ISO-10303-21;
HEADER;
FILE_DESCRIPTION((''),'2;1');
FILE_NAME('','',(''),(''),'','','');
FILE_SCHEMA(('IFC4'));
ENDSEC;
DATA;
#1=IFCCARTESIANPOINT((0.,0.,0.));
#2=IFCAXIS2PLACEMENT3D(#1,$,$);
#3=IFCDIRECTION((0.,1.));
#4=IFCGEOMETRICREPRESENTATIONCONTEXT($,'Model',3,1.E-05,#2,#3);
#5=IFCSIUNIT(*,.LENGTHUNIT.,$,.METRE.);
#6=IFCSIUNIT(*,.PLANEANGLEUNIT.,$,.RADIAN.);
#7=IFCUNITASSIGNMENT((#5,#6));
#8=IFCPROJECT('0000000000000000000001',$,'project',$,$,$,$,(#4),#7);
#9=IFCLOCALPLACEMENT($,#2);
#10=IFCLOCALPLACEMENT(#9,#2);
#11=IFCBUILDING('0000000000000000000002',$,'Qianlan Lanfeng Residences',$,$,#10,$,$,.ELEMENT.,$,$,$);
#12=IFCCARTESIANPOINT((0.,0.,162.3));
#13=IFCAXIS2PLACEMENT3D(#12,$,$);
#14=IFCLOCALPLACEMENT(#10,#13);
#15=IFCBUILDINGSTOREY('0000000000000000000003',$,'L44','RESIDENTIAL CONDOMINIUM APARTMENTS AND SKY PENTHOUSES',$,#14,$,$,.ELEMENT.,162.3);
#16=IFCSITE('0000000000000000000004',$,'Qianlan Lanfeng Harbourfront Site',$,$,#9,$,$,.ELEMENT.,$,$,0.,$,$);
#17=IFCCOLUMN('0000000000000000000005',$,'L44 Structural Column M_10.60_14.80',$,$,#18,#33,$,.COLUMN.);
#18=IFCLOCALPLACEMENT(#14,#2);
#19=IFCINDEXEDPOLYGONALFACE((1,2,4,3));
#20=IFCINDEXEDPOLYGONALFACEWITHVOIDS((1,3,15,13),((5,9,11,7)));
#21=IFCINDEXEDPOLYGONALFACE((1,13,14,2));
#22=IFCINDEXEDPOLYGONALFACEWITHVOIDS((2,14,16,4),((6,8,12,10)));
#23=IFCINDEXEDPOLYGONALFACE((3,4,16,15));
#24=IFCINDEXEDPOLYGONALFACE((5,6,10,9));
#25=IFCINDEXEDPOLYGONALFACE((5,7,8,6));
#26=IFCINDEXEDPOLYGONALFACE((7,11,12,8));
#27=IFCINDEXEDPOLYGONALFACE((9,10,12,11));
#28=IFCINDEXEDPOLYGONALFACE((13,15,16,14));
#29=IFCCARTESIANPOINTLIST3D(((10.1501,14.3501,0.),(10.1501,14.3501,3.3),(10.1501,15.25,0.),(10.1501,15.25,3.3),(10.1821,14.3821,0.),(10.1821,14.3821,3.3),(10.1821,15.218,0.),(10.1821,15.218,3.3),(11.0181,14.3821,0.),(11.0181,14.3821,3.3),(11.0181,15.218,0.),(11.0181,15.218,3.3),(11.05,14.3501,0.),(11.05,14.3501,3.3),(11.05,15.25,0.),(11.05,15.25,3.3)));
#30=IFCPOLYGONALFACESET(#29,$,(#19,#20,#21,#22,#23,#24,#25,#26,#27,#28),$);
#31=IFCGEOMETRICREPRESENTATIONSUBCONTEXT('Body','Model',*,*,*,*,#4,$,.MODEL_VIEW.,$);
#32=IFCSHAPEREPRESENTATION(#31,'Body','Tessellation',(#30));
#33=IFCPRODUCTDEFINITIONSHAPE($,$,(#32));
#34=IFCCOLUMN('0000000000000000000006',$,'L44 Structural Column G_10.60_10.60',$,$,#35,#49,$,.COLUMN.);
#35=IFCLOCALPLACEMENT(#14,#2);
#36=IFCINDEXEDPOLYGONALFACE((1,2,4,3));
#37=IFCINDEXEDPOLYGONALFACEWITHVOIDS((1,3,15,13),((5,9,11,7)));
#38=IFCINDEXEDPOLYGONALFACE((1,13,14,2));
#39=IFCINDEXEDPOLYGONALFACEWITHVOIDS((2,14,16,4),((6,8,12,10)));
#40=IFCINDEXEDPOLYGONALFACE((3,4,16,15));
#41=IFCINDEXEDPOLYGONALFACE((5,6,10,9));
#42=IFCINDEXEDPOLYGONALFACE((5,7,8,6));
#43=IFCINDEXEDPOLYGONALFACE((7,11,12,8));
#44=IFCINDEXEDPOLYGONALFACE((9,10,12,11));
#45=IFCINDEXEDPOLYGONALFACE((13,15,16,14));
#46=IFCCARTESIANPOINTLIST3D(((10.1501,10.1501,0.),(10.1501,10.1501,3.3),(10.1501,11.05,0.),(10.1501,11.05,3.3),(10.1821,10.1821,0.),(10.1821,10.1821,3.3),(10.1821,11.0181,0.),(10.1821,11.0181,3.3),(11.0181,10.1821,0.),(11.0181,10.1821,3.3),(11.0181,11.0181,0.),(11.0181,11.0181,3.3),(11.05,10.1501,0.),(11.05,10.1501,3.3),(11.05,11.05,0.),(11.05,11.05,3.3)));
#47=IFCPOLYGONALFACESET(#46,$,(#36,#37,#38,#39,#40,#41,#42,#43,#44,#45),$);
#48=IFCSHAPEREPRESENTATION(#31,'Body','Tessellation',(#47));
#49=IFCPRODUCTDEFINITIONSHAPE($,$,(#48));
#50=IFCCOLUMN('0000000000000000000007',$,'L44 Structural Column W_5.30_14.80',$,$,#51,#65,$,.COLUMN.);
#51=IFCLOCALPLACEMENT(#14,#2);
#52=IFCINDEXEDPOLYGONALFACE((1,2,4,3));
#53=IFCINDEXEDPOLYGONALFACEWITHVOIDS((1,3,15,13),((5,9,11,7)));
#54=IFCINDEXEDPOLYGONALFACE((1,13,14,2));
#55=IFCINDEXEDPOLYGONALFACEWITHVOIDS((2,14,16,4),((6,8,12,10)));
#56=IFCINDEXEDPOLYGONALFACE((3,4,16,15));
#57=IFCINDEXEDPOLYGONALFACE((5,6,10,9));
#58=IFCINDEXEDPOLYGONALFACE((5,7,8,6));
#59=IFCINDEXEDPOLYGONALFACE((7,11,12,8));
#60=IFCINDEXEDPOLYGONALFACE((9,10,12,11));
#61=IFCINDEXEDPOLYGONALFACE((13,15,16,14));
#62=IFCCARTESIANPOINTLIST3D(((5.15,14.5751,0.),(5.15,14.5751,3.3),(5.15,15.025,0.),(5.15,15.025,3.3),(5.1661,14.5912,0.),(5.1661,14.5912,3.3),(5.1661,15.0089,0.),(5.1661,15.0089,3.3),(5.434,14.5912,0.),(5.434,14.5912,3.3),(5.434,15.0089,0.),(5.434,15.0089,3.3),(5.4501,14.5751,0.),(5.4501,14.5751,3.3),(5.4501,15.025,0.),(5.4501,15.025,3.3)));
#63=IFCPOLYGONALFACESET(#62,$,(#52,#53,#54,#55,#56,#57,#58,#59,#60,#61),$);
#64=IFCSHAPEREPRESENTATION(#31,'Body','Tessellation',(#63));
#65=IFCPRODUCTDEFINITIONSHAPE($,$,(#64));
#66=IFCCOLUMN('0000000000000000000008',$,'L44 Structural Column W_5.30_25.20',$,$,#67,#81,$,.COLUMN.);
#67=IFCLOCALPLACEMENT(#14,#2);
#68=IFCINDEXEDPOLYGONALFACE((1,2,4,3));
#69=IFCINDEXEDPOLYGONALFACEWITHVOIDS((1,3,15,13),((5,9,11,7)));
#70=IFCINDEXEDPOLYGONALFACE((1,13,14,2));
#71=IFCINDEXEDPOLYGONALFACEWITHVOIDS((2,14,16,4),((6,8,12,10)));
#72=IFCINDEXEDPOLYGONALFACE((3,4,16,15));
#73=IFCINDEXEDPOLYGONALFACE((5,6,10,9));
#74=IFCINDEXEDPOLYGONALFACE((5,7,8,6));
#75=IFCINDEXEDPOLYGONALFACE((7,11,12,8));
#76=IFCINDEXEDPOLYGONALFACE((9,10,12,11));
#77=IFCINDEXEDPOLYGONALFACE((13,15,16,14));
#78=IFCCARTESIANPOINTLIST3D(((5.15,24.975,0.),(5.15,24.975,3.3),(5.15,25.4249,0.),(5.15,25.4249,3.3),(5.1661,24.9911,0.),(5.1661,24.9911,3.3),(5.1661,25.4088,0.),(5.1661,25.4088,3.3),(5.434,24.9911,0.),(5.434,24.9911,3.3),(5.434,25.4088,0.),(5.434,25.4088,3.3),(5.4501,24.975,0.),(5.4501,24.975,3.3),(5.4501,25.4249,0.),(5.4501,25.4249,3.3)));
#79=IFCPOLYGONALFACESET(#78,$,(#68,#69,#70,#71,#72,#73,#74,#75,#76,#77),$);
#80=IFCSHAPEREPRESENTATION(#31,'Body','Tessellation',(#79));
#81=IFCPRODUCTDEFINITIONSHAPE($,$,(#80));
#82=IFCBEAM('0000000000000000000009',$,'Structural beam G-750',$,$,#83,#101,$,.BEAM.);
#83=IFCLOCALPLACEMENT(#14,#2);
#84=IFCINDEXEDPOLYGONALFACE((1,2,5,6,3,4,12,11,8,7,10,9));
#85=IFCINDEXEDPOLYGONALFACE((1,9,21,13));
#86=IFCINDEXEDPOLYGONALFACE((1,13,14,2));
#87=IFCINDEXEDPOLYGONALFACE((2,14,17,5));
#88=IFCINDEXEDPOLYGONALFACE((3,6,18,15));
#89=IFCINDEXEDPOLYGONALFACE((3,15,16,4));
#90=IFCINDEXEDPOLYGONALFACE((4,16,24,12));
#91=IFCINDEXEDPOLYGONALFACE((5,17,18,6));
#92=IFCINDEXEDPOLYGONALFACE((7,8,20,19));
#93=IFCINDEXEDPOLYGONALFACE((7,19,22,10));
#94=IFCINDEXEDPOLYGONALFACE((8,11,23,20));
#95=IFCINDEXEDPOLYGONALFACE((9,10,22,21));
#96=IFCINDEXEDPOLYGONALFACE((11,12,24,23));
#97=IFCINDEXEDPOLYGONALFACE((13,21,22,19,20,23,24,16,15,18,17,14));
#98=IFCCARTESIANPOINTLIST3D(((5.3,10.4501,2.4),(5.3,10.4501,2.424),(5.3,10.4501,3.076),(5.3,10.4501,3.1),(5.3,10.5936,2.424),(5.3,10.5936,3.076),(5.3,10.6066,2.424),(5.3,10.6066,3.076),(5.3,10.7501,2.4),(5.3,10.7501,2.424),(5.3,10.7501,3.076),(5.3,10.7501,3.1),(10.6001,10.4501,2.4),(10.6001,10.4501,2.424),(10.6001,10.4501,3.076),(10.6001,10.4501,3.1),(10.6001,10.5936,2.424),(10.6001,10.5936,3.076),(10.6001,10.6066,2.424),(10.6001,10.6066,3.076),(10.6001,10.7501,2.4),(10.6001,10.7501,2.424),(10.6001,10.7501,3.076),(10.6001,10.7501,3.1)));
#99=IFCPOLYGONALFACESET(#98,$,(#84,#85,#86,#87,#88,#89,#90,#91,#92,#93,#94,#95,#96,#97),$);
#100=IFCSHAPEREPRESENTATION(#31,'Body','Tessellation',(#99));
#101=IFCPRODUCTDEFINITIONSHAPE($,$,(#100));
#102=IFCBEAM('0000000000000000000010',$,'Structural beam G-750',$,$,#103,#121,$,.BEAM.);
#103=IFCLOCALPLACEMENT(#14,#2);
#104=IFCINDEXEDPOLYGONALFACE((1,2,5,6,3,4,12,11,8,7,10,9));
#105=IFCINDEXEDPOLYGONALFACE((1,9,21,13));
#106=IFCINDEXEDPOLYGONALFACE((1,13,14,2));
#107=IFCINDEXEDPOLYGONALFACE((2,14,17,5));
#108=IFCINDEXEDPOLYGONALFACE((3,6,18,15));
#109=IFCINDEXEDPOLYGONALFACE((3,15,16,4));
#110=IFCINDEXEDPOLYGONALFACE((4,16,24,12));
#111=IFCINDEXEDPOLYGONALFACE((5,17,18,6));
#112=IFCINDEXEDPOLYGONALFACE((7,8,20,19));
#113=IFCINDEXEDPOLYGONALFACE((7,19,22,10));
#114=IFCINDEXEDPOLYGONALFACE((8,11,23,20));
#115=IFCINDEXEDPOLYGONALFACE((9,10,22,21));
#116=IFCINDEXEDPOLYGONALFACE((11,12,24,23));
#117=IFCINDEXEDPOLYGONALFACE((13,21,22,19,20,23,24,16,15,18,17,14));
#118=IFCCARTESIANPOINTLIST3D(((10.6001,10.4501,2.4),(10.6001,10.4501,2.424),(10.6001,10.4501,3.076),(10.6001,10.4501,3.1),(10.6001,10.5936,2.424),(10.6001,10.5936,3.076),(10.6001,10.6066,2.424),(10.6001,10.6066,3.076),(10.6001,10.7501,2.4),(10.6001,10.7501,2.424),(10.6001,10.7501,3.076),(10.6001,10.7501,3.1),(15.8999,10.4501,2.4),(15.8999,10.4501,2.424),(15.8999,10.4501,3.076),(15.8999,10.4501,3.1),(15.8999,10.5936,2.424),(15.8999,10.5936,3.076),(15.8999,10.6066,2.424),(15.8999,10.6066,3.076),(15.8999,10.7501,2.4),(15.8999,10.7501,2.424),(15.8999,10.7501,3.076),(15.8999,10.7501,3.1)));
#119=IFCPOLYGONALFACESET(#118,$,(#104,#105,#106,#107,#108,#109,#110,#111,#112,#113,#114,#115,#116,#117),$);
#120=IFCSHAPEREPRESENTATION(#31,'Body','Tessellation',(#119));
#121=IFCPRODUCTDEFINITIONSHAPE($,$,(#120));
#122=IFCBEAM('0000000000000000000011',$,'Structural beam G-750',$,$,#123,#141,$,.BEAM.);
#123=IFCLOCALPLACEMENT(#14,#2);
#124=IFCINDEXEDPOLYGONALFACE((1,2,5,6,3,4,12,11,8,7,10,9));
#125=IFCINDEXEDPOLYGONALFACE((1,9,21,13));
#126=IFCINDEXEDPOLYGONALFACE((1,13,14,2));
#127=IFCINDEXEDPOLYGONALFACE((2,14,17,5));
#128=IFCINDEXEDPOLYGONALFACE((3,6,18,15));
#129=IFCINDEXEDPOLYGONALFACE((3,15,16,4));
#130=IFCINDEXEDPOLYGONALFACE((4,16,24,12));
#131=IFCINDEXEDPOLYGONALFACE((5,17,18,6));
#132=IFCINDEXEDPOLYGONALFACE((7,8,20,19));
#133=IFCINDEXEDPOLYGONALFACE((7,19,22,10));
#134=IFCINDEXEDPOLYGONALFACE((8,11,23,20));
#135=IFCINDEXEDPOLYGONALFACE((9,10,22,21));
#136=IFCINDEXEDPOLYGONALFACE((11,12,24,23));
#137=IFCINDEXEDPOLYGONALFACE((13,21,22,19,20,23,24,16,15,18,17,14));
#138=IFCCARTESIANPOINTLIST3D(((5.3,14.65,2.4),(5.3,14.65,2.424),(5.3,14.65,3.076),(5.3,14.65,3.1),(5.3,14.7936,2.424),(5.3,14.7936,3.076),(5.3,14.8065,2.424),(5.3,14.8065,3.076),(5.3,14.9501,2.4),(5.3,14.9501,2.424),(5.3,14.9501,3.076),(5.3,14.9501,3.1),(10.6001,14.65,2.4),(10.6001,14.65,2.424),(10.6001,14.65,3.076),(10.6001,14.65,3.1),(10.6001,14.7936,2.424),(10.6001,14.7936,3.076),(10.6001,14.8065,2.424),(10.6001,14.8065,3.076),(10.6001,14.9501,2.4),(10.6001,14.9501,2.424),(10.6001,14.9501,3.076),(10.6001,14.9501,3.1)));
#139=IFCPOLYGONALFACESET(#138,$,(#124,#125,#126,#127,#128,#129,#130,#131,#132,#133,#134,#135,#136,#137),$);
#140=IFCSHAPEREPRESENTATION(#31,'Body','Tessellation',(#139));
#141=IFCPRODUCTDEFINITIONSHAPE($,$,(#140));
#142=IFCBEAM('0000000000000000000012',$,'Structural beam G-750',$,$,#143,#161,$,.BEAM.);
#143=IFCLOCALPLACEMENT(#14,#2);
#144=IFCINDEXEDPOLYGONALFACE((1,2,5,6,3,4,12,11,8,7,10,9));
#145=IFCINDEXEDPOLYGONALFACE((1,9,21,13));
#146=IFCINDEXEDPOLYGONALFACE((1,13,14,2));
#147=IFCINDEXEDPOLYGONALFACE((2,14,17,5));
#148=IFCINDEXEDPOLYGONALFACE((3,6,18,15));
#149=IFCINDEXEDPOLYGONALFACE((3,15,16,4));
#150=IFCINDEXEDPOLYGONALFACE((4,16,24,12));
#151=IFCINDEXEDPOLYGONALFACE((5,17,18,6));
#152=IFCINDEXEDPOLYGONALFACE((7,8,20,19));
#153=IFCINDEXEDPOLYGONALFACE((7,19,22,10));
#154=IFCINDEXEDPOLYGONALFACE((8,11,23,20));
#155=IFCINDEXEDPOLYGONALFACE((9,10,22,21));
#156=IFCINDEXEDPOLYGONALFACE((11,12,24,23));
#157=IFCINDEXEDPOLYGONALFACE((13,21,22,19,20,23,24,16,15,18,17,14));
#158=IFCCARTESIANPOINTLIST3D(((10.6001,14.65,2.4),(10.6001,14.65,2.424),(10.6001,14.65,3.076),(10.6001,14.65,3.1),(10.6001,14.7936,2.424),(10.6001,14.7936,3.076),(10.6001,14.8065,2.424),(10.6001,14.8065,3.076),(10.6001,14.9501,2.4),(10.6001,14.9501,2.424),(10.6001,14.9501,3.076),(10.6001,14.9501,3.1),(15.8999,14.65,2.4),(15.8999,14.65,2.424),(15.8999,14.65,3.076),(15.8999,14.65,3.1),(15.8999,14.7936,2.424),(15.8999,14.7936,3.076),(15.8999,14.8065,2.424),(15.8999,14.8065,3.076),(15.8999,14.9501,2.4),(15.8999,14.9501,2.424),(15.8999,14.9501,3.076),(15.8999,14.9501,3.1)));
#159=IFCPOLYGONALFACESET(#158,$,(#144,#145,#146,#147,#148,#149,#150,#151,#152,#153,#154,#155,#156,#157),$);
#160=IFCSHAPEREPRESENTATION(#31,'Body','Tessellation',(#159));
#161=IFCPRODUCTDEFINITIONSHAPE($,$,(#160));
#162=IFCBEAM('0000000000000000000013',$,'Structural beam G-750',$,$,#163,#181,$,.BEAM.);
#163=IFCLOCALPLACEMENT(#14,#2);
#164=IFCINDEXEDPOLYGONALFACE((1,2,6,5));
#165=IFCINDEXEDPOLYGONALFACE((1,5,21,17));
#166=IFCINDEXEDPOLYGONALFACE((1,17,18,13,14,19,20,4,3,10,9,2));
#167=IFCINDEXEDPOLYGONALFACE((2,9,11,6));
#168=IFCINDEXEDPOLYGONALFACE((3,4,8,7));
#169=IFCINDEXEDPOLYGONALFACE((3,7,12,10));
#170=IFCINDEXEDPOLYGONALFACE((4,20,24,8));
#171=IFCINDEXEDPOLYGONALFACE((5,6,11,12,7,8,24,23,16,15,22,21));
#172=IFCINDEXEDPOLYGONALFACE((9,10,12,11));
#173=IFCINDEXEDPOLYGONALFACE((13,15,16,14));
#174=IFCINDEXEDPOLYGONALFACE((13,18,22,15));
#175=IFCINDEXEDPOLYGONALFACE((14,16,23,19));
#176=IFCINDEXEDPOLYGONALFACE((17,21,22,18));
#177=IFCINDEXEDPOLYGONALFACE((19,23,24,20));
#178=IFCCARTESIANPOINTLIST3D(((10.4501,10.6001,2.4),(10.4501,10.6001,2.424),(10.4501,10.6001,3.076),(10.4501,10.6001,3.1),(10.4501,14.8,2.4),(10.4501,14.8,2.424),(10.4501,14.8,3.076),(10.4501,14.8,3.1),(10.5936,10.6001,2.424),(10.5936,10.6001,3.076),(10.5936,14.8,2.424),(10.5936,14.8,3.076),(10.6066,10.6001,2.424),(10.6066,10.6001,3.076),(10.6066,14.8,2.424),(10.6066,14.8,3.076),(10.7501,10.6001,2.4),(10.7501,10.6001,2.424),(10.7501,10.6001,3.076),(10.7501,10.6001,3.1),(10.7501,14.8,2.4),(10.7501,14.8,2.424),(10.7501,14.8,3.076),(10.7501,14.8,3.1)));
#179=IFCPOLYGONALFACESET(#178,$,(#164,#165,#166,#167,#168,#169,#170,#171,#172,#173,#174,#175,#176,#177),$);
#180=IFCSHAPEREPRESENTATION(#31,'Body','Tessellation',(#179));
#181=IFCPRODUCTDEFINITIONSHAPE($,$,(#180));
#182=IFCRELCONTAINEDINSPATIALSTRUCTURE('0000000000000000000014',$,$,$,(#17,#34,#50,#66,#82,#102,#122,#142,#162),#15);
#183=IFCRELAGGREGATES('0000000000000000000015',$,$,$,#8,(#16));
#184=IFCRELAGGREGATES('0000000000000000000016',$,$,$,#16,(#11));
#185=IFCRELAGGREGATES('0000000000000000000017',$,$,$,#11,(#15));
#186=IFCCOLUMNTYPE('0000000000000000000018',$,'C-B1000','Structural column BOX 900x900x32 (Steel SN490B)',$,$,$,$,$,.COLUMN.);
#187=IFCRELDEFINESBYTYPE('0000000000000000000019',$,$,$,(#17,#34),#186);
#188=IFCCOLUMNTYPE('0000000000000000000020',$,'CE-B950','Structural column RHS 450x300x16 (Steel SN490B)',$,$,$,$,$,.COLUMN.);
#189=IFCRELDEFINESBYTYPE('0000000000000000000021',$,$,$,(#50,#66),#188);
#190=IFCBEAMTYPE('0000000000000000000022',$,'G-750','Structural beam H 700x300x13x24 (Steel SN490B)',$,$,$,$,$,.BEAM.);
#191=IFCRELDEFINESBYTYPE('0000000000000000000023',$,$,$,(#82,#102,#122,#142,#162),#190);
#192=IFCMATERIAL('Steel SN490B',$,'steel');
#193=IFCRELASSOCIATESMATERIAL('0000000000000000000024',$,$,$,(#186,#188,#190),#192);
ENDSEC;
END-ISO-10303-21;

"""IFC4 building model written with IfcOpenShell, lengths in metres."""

from ifc_helpers import new_model, si_unit, direction, frame, origin, origin_2d, place, context, subcontext, project, spatial, hollow_rectangle, i_section, extrude, material, material_profile, profile_set, type_object, element, save


model = new_model("IFC4")

# Units and contexts
model_context = context("Model", 3, precision=1e-05, world=origin(), true_north=direction((0.0, 1.0)))
body_context = subcontext(model_context, "Body", "Model", "MODEL_VIEW")
ifc_project = project(units=[si_unit("LENGTHUNIT", "METRE"), si_unit("PLANEANGLEUNIT", "RADIAN")], contexts=[model_context])

# Site, building, storey
site_placement = place(None, origin())
site = spatial("IfcSite", under=ifc_project, at=site_placement, Name="Qianlan Lanfeng Harbourfront Site", CompositionType="ELEMENT", RefElevation=0.0)
building_placement = place(site_placement, origin())
building = spatial("IfcBuilding", under=site, at=building_placement, Name="Qianlan Lanfeng Residences", CompositionType="ELEMENT")
storey_placement = place(building_placement, frame((0.0, 0.0, 162.3)))
storey = spatial("IfcBuildingStorey", under=building, at=storey_placement, Name="L44", Description="RESIDENTIAL CONDOMINIUM APARTMENTS AND SKY PENTHOUSES", CompositionType="ELEMENT", Elevation=162.3)

# Columns
ifc_material_1 = material(Name="Steel SN490B", Category="steel")
ifc_material_profile_1 = material_profile(ifc_material_1, hollow_rectangle(XDim=0.8999, YDim=0.8999, WallThickness=0.032, at=origin_2d()), Name="BOX 900x900x32")
ifc_profile_set_1 = profile_set([ifc_material_profile_1], Name="Steel SN490B")
column_type_1 = type_object("IfcColumnType", Name="C-B1000", Description="Structural column BOX 900x900x32 (Steel SN490B)", PredefinedType="COLUMN", material=ifc_profile_set_1)
for number, where, z_axis, x_axis, name in (
    (1, (10.6001, 14.8, 0.0), (0.0, 0.0, 1.0), (1.0, 0.0, 0.0), "L44 Structural Column M_10.60_14.80"),
    (2, (10.6001, 10.6001, 0.0), (0.0, 0.0, 1.0), (1.0, 0.0, 0.0), "L44 Structural Column G_10.60_10.60"),
):
    element("IfcColumn", number, at=place(storey_placement, frame(where, z_axis=z_axis, x_axis=x_axis)), inside=storey, type_object=column_type_1, Name=name, PredefinedType="COLUMN", context=body_context, shape_type="SweptSolid", body=[
        extrude(hollow_rectangle(XDim=0.8999, YDim=0.8999, WallThickness=0.032, at=origin_2d()), origin(), (0.0, 0.0, 1.0), 3.3),
    ])
ifc_material_profile_2 = material_profile(ifc_material_1, hollow_rectangle(XDim=0.3, YDim=0.45, WallThickness=0.0161, at=origin_2d()), Name="RHS 450x300x16")
ifc_profile_set_2 = profile_set([ifc_material_profile_2], Name="Steel SN490B")
column_type_2 = type_object("IfcColumnType", Name="CE-B950", Description="Structural column RHS 450x300x16 (Steel SN490B)", PredefinedType="COLUMN", material=ifc_profile_set_2)
for number, where, z_axis, x_axis, name in (
    (3, (5.3, 14.8, 0.0), (0.0, 0.0, 1.0), (1.0, 0.0, 0.0), "L44 Structural Column W_5.30_14.80"),
    (4, (5.3, 25.2, 0.0), (0.0, 0.0, 1.0), (1.0, 0.0, 0.0), "L44 Structural Column W_5.30_25.20"),
):
    element("IfcColumn", number, at=place(storey_placement, frame(where, z_axis=z_axis, x_axis=x_axis)), inside=storey, type_object=column_type_2, Name=name, PredefinedType="COLUMN", context=body_context, shape_type="SweptSolid", body=[
        extrude(hollow_rectangle(XDim=0.3, YDim=0.45, WallThickness=0.0161, at=origin_2d()), origin(), (0.0, 0.0, 1.0), 3.3),
    ])

# Beams
ifc_material_profile_3 = material_profile(ifc_material_1, i_section(OverallWidth=0.3, OverallDepth=0.7, WebThickness=0.0129, FlangeThickness=0.0239, at=origin_2d()), Name="H 700x300x13x24")
ifc_profile_set_3 = profile_set([ifc_material_profile_3], Name="Steel SN490B")
beam_type_1 = type_object("IfcBeamType", Name="G-750", Description="Structural beam H 700x300x13x24 (Steel SN490B)", PredefinedType="BEAM", material=ifc_profile_set_3)
beam_1_placement = place(storey_placement, frame((5.3, 10.6001, 2.75), z_axis=(1.0, 0.0, 0.0), x_axis=(0.0, 1.0, 0.0)))
element("IfcBeam", 5, at=beam_1_placement, inside=storey, type_object=beam_type_1, Name="Structural beam G-750", PredefinedType="BEAM", context=body_context, shape_type="SweptSolid", body=[
    extrude(i_section(OverallWidth=0.3, OverallDepth=0.7, WebThickness=0.0129, FlangeThickness=0.0239, at=origin_2d()), origin(), (0.0, 0.0, 1.0), 5.3),
])
beam_2_placement = place(storey_placement, frame((10.6001, 10.6001, 2.75), z_axis=(1.0, 0.0, 0.0), x_axis=(0.0, 1.0, 0.0)))
element("IfcBeam", 6, at=beam_2_placement, inside=storey, type_object=beam_type_1, Name="Structural beam G-750", PredefinedType="BEAM", context=body_context, shape_type="SweptSolid", body=[
    extrude(i_section(OverallWidth=0.3, OverallDepth=0.7, WebThickness=0.0129, FlangeThickness=0.0239, at=origin_2d()), origin(), (0.0, 0.0, 1.0), 5.2998),
])
beam_3_placement = place(storey_placement, frame((5.3, 14.8, 2.75), z_axis=(1.0, 0.0, 0.0), x_axis=(0.0, 1.0, 0.0)))
element("IfcBeam", 7, at=beam_3_placement, inside=storey, type_object=beam_type_1, Name="Structural beam G-750", PredefinedType="BEAM", context=body_context, shape_type="SweptSolid", body=[
    extrude(i_section(OverallWidth=0.3, OverallDepth=0.7, WebThickness=0.0129, FlangeThickness=0.0239, at=origin_2d()), origin(), (0.0, 0.0, 1.0), 5.3),
])
beam_4_placement = place(storey_placement, frame((10.6001, 14.8, 2.75), z_axis=(1.0, 0.0, 0.0), x_axis=(0.0, 1.0, 0.0)))
element("IfcBeam", 8, at=beam_4_placement, inside=storey, type_object=beam_type_1, Name="Structural beam G-750", PredefinedType="BEAM", context=body_context, shape_type="SweptSolid", body=[
    extrude(i_section(OverallWidth=0.3, OverallDepth=0.7, WebThickness=0.0129, FlangeThickness=0.0239, at=origin_2d()), origin(), (0.0, 0.0, 1.0), 5.2998),
])
beam_5_placement = place(storey_placement, frame((10.6001, 10.6001, 2.75), z_axis=(0.0, 1.0, 0.0), x_axis=(-1.0, 0.0, 0.0)))
element("IfcBeam", 9, at=beam_5_placement, inside=storey, type_object=beam_type_1, Name="Structural beam G-750", PredefinedType="BEAM", context=body_context, shape_type="SweptSolid", body=[
    extrude(i_section(OverallWidth=0.3, OverallDepth=0.7, WebThickness=0.0129, FlangeThickness=0.0239, at=origin_2d()), origin(), (0.0, 0.0, 1.0), 4.2),
])

save(model, "model.ifc")
